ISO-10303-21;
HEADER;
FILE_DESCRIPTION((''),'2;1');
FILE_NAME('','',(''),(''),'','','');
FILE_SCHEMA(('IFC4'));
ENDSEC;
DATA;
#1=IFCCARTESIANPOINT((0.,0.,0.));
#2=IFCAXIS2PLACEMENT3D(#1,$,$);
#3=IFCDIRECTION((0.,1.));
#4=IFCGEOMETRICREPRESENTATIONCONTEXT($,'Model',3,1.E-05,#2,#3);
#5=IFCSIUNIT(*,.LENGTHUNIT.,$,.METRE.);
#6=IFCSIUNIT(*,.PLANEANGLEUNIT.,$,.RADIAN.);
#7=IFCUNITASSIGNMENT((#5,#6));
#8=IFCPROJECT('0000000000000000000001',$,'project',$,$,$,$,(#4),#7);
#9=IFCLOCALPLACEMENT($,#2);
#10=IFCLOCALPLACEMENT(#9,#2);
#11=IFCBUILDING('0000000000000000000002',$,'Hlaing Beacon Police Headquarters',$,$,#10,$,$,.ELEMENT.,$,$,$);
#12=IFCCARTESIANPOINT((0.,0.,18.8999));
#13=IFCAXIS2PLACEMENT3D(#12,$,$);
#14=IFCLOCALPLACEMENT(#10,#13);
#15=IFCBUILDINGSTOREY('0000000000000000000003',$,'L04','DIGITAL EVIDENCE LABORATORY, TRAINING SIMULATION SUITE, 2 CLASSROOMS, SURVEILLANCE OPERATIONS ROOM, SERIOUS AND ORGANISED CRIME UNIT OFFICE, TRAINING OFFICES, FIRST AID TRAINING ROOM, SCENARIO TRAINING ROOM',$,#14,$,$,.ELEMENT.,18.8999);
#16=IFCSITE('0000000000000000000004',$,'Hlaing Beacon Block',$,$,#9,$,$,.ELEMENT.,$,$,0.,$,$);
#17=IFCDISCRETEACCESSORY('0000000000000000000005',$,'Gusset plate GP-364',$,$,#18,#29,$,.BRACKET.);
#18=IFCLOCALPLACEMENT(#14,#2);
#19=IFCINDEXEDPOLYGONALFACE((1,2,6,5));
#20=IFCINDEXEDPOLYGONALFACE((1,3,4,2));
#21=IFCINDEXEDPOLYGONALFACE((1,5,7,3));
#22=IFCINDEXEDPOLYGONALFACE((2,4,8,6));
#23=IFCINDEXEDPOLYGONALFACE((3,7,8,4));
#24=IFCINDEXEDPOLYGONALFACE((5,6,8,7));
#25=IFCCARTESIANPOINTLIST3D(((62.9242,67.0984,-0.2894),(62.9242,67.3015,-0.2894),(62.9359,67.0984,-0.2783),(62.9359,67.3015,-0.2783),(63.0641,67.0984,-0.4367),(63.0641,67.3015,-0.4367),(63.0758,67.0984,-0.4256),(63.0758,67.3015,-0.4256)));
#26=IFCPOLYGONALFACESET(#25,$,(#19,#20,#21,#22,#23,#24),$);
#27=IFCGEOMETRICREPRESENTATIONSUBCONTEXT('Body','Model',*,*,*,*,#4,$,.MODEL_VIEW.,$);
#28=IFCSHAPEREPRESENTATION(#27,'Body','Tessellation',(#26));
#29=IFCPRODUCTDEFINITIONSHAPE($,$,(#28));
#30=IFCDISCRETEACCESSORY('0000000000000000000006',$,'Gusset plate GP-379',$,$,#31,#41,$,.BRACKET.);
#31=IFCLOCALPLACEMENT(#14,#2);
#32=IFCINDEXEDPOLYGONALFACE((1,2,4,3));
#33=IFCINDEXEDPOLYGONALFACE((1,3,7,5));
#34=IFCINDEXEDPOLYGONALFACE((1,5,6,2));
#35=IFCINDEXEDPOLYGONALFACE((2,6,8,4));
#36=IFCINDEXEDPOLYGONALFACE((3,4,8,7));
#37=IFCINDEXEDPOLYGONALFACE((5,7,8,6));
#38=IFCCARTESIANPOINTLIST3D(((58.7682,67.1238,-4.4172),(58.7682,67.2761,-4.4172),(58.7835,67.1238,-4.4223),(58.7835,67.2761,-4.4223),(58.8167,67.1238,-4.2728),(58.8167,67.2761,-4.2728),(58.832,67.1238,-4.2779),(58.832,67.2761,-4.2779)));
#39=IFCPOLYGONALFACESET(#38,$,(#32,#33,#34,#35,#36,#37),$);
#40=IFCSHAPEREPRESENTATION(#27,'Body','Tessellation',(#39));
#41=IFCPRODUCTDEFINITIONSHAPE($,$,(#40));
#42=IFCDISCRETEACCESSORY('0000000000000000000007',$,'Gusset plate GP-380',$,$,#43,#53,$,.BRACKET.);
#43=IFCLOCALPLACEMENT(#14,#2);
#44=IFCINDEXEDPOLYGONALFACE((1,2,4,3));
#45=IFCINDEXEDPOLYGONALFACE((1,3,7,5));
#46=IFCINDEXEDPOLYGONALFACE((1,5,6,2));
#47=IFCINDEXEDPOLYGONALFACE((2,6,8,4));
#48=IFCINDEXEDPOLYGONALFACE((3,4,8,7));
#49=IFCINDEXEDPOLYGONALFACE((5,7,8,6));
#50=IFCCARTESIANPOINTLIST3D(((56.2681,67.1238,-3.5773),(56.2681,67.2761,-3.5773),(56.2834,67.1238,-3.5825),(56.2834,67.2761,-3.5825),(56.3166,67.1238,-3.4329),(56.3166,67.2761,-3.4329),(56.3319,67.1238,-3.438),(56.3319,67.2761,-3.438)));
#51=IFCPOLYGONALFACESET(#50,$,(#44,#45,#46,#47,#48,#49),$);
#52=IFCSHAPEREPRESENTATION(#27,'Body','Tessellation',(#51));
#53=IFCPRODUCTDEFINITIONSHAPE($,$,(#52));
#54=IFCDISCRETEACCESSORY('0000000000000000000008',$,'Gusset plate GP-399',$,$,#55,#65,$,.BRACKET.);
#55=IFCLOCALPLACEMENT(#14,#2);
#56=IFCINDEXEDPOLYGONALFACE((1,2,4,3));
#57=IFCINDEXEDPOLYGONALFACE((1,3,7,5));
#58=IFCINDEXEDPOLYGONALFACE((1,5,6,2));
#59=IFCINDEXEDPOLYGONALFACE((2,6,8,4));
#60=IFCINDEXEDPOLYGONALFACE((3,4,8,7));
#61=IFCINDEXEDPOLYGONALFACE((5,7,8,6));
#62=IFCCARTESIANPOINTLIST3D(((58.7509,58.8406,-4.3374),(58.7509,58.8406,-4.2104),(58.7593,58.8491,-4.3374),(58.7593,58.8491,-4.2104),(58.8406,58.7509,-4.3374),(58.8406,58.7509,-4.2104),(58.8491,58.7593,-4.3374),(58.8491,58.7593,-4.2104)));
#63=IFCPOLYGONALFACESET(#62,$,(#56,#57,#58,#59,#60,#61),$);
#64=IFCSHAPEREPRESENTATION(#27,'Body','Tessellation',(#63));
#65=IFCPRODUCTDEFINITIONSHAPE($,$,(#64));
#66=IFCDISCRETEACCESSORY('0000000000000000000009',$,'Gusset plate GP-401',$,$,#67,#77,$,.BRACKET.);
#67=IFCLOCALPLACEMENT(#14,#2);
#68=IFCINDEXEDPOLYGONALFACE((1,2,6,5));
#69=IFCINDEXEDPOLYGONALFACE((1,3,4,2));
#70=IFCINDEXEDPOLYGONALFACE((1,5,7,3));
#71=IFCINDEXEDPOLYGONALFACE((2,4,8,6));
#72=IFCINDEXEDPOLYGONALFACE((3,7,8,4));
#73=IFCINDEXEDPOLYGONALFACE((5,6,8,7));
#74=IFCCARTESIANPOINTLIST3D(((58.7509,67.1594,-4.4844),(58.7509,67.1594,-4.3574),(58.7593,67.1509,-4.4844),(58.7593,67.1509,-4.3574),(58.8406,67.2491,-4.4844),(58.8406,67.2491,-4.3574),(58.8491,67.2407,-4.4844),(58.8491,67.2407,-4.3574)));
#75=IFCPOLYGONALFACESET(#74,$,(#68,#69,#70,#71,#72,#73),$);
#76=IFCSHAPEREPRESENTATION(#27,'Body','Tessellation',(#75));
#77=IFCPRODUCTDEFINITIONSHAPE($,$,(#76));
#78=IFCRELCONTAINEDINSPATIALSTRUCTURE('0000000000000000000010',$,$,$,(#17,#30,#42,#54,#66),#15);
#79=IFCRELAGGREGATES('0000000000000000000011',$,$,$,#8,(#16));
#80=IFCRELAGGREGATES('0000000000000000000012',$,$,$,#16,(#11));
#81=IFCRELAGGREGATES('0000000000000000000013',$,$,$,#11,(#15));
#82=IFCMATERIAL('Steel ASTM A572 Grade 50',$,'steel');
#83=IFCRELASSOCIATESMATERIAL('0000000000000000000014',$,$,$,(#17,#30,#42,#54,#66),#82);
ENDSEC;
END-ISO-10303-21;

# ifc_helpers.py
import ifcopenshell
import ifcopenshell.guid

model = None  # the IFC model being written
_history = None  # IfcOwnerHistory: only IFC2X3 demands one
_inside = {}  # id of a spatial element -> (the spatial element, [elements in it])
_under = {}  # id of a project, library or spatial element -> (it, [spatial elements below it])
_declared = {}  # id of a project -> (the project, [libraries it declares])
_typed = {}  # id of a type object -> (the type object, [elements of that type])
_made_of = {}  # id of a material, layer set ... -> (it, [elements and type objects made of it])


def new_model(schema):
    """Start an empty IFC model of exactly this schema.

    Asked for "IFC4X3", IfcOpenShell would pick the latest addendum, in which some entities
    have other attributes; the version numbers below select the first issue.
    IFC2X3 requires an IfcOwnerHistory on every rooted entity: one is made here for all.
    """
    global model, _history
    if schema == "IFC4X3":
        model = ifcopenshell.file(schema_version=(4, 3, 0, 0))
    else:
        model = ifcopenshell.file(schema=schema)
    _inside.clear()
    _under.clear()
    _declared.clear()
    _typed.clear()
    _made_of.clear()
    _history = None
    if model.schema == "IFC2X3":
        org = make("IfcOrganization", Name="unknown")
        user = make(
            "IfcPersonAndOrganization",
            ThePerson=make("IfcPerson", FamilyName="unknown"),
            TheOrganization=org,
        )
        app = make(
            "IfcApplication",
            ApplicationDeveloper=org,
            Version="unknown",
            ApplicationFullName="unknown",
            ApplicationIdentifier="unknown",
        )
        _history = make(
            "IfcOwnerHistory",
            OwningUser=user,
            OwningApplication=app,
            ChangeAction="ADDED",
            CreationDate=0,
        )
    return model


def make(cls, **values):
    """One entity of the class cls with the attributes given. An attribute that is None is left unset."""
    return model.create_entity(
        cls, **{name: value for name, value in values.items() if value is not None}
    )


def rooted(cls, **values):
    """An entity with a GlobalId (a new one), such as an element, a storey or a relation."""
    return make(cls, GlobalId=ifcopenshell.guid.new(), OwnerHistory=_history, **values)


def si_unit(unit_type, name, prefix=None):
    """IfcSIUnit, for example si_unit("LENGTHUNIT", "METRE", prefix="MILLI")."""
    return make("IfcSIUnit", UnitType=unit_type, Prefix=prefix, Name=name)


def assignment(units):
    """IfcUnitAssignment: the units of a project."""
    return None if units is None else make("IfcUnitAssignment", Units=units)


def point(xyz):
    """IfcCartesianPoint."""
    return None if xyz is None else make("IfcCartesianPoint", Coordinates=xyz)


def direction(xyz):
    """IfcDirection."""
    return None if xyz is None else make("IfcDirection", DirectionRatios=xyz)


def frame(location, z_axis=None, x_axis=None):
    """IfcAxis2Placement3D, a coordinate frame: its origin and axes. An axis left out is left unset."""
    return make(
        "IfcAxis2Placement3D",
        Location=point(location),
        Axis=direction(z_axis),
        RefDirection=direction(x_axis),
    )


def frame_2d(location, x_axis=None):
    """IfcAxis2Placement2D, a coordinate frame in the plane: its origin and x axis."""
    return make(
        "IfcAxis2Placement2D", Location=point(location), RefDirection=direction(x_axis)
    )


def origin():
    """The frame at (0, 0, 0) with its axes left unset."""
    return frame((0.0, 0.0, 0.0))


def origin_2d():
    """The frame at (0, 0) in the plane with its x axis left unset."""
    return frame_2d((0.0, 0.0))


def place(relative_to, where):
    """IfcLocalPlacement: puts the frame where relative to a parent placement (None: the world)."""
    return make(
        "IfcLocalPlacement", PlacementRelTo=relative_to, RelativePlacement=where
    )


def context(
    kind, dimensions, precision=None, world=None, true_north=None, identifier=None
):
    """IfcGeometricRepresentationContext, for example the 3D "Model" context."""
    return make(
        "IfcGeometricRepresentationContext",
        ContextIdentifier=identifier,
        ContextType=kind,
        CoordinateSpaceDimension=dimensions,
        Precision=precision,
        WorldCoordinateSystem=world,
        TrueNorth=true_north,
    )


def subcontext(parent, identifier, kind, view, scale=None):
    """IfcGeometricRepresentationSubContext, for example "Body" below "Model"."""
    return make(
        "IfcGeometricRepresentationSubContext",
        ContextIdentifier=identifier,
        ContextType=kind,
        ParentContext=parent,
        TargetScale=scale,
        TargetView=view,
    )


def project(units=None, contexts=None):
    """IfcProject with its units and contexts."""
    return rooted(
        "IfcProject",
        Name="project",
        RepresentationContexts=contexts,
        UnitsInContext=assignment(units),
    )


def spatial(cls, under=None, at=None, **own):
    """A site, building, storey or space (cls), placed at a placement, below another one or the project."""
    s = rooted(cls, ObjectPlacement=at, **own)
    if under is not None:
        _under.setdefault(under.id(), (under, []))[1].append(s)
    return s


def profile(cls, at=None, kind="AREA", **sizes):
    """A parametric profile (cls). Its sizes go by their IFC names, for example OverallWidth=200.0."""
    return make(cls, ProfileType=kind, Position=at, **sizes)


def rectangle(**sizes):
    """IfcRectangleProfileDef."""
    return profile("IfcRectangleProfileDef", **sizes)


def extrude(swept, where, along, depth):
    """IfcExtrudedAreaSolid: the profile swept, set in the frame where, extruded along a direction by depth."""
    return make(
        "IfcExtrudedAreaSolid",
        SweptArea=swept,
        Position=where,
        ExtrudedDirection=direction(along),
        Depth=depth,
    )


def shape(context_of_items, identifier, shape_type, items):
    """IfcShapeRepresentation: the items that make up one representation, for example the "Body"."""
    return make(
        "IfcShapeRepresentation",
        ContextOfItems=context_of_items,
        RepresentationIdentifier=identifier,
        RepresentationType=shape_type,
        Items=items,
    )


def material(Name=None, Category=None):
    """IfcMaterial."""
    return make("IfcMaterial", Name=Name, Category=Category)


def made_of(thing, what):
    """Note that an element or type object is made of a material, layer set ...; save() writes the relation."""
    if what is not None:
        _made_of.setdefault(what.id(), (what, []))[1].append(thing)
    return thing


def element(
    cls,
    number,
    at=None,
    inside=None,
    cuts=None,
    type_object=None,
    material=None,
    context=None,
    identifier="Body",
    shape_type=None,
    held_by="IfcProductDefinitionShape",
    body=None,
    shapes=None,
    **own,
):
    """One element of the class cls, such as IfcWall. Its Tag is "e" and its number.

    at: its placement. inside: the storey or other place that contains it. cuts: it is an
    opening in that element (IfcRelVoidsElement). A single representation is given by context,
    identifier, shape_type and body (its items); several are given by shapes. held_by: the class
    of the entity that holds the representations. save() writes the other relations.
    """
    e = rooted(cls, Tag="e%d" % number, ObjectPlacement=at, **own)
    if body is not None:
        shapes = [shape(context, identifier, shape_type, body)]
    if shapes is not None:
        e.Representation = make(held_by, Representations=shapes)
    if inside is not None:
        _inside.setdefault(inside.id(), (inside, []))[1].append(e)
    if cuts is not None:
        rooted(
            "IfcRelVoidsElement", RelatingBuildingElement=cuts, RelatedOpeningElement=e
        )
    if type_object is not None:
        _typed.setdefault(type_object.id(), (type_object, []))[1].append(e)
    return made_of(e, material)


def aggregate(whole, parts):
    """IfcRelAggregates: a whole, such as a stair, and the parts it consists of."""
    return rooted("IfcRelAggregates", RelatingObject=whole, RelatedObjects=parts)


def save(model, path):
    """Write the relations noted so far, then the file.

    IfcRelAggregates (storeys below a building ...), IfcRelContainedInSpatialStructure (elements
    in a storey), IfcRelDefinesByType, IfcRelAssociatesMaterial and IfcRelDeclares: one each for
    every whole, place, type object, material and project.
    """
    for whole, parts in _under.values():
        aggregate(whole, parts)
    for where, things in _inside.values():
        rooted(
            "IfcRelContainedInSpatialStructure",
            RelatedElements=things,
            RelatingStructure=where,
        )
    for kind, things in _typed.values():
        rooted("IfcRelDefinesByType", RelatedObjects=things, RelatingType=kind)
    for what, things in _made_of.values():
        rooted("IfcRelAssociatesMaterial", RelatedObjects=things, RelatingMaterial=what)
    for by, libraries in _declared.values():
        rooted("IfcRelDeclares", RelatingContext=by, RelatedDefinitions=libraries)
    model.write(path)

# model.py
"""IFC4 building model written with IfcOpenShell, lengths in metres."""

from ifc_helpers import new_model, si_unit, direction, frame, origin, origin_2d, place, context, subcontext, project, spatial, rectangle, extrude, material, element, save


model = new_model("IFC4")

# Units and contexts
model_context = context("Model", 3, precision=1e-05, world=origin(), true_north=direction((0.0, 1.0)))
body_context = subcontext(model_context, "Body", "Model", "MODEL_VIEW")
ifc_project = project(units=[si_unit("LENGTHUNIT", "METRE"), si_unit("PLANEANGLEUNIT", "RADIAN")], contexts=[model_context])

# Site, building, storey
site_placement = place(None, origin())
site = spatial("IfcSite", under=ifc_project, at=site_placement, Name="Hlaing Beacon Block", CompositionType="ELEMENT", RefElevation=0.0)
building_placement = place(site_placement, origin())
building = spatial("IfcBuilding", under=site, at=building_placement, Name="Hlaing Beacon Police Headquarters", CompositionType="ELEMENT")
storey_placement = place(building_placement, frame((0.0, 0.0, 18.8999)))
storey = spatial("IfcBuildingStorey", under=building, at=storey_placement, Name="L04", Description="DIGITAL EVIDENCE LABORATORY, TRAINING SIMULATION SUITE, 2 CLASSROOMS, SURVEILLANCE OPERATIONS ROOM, SERIOUS AND ORGANISED CRIME UNIT OFFICE, TRAINING OFFICES, FIRST AID TRAINING ROOM, SCENARIO TRAINING ROOM", CompositionType="ELEMENT", Elevation=18.8999)

# Discrete accessories
ifc_material_1 = material(Name="Steel ASTM A572 Grade 50", Category="steel")
for number, where, z_axis, x_axis, name in (
    (1, (62.9941, 67.2, -0.363), (0.725017, 0.0, 0.688731), (0.0, 1.0, 0.0), "Gusset plate GP-364"),
):
    element("IfcDiscreteAccessory", number, at=place(storey_placement, frame(where, z_axis=z_axis, x_axis=x_axis)), inside=storey, material=ifc_material_1, Name=name, PredefinedType="BRACKET", context=body_context, shape_type="SweptSolid", body=[
        extrude(rectangle(XDim=0.2031, YDim=0.2031, at=origin_2d()), origin(), (0.0, 0.0, 1.0), 0.0161),
    ])
for number, where, z_axis, x_axis, name in (
    (2, (58.7925, 67.2, -4.345), (0.94794, 0.0, -0.318449), (0.0, 1.0, 0.0), "Gusset plate GP-379"),
    (3, (56.3076, 67.2, -3.5103), (-0.94794, 0.0, 0.318449), (0.0, -1.0, 0.0), "Gusset plate GP-380"),
):
    element("IfcDiscreteAccessory", number, at=place(storey_placement, frame(where, z_axis=z_axis, x_axis=x_axis)), inside=storey, material=ifc_material_1, Name=name, PredefinedType="BRACKET", context=body_context, shape_type="SweptSolid", body=[
        extrude(rectangle(XDim=0.1523, YDim=0.1523, at=origin_2d()), origin(), (0.0, 0.0, 1.0), 0.0161),
    ])
for number, where, z_axis, x_axis, name in (
    (4, (58.8042, 58.8042, -4.2739), (-0.707107, -0.707107, 0.0), (0.707107, -0.707107, 0.0), "Gusset plate GP-399"),
    (5, (58.8042, 67.1958, -4.4209), (-0.707107, 0.707107, 0.0), (-0.707107, -0.707107, 0.0), "Gusset plate GP-401"),
):
    element("IfcDiscreteAccessory", number, at=place(storey_placement, frame(where, z_axis=z_axis, x_axis=x_axis)), inside=storey, material=ifc_material_1, Name=name, PredefinedType="BRACKET", context=body_context, shape_type="SweptSolid", body=[
        extrude(rectangle(XDim=0.127, YDim=0.127, at=origin_2d()), origin(), (0.0, 0.0, 1.0), 0.012),
    ])

save(model, "model.ifc")
